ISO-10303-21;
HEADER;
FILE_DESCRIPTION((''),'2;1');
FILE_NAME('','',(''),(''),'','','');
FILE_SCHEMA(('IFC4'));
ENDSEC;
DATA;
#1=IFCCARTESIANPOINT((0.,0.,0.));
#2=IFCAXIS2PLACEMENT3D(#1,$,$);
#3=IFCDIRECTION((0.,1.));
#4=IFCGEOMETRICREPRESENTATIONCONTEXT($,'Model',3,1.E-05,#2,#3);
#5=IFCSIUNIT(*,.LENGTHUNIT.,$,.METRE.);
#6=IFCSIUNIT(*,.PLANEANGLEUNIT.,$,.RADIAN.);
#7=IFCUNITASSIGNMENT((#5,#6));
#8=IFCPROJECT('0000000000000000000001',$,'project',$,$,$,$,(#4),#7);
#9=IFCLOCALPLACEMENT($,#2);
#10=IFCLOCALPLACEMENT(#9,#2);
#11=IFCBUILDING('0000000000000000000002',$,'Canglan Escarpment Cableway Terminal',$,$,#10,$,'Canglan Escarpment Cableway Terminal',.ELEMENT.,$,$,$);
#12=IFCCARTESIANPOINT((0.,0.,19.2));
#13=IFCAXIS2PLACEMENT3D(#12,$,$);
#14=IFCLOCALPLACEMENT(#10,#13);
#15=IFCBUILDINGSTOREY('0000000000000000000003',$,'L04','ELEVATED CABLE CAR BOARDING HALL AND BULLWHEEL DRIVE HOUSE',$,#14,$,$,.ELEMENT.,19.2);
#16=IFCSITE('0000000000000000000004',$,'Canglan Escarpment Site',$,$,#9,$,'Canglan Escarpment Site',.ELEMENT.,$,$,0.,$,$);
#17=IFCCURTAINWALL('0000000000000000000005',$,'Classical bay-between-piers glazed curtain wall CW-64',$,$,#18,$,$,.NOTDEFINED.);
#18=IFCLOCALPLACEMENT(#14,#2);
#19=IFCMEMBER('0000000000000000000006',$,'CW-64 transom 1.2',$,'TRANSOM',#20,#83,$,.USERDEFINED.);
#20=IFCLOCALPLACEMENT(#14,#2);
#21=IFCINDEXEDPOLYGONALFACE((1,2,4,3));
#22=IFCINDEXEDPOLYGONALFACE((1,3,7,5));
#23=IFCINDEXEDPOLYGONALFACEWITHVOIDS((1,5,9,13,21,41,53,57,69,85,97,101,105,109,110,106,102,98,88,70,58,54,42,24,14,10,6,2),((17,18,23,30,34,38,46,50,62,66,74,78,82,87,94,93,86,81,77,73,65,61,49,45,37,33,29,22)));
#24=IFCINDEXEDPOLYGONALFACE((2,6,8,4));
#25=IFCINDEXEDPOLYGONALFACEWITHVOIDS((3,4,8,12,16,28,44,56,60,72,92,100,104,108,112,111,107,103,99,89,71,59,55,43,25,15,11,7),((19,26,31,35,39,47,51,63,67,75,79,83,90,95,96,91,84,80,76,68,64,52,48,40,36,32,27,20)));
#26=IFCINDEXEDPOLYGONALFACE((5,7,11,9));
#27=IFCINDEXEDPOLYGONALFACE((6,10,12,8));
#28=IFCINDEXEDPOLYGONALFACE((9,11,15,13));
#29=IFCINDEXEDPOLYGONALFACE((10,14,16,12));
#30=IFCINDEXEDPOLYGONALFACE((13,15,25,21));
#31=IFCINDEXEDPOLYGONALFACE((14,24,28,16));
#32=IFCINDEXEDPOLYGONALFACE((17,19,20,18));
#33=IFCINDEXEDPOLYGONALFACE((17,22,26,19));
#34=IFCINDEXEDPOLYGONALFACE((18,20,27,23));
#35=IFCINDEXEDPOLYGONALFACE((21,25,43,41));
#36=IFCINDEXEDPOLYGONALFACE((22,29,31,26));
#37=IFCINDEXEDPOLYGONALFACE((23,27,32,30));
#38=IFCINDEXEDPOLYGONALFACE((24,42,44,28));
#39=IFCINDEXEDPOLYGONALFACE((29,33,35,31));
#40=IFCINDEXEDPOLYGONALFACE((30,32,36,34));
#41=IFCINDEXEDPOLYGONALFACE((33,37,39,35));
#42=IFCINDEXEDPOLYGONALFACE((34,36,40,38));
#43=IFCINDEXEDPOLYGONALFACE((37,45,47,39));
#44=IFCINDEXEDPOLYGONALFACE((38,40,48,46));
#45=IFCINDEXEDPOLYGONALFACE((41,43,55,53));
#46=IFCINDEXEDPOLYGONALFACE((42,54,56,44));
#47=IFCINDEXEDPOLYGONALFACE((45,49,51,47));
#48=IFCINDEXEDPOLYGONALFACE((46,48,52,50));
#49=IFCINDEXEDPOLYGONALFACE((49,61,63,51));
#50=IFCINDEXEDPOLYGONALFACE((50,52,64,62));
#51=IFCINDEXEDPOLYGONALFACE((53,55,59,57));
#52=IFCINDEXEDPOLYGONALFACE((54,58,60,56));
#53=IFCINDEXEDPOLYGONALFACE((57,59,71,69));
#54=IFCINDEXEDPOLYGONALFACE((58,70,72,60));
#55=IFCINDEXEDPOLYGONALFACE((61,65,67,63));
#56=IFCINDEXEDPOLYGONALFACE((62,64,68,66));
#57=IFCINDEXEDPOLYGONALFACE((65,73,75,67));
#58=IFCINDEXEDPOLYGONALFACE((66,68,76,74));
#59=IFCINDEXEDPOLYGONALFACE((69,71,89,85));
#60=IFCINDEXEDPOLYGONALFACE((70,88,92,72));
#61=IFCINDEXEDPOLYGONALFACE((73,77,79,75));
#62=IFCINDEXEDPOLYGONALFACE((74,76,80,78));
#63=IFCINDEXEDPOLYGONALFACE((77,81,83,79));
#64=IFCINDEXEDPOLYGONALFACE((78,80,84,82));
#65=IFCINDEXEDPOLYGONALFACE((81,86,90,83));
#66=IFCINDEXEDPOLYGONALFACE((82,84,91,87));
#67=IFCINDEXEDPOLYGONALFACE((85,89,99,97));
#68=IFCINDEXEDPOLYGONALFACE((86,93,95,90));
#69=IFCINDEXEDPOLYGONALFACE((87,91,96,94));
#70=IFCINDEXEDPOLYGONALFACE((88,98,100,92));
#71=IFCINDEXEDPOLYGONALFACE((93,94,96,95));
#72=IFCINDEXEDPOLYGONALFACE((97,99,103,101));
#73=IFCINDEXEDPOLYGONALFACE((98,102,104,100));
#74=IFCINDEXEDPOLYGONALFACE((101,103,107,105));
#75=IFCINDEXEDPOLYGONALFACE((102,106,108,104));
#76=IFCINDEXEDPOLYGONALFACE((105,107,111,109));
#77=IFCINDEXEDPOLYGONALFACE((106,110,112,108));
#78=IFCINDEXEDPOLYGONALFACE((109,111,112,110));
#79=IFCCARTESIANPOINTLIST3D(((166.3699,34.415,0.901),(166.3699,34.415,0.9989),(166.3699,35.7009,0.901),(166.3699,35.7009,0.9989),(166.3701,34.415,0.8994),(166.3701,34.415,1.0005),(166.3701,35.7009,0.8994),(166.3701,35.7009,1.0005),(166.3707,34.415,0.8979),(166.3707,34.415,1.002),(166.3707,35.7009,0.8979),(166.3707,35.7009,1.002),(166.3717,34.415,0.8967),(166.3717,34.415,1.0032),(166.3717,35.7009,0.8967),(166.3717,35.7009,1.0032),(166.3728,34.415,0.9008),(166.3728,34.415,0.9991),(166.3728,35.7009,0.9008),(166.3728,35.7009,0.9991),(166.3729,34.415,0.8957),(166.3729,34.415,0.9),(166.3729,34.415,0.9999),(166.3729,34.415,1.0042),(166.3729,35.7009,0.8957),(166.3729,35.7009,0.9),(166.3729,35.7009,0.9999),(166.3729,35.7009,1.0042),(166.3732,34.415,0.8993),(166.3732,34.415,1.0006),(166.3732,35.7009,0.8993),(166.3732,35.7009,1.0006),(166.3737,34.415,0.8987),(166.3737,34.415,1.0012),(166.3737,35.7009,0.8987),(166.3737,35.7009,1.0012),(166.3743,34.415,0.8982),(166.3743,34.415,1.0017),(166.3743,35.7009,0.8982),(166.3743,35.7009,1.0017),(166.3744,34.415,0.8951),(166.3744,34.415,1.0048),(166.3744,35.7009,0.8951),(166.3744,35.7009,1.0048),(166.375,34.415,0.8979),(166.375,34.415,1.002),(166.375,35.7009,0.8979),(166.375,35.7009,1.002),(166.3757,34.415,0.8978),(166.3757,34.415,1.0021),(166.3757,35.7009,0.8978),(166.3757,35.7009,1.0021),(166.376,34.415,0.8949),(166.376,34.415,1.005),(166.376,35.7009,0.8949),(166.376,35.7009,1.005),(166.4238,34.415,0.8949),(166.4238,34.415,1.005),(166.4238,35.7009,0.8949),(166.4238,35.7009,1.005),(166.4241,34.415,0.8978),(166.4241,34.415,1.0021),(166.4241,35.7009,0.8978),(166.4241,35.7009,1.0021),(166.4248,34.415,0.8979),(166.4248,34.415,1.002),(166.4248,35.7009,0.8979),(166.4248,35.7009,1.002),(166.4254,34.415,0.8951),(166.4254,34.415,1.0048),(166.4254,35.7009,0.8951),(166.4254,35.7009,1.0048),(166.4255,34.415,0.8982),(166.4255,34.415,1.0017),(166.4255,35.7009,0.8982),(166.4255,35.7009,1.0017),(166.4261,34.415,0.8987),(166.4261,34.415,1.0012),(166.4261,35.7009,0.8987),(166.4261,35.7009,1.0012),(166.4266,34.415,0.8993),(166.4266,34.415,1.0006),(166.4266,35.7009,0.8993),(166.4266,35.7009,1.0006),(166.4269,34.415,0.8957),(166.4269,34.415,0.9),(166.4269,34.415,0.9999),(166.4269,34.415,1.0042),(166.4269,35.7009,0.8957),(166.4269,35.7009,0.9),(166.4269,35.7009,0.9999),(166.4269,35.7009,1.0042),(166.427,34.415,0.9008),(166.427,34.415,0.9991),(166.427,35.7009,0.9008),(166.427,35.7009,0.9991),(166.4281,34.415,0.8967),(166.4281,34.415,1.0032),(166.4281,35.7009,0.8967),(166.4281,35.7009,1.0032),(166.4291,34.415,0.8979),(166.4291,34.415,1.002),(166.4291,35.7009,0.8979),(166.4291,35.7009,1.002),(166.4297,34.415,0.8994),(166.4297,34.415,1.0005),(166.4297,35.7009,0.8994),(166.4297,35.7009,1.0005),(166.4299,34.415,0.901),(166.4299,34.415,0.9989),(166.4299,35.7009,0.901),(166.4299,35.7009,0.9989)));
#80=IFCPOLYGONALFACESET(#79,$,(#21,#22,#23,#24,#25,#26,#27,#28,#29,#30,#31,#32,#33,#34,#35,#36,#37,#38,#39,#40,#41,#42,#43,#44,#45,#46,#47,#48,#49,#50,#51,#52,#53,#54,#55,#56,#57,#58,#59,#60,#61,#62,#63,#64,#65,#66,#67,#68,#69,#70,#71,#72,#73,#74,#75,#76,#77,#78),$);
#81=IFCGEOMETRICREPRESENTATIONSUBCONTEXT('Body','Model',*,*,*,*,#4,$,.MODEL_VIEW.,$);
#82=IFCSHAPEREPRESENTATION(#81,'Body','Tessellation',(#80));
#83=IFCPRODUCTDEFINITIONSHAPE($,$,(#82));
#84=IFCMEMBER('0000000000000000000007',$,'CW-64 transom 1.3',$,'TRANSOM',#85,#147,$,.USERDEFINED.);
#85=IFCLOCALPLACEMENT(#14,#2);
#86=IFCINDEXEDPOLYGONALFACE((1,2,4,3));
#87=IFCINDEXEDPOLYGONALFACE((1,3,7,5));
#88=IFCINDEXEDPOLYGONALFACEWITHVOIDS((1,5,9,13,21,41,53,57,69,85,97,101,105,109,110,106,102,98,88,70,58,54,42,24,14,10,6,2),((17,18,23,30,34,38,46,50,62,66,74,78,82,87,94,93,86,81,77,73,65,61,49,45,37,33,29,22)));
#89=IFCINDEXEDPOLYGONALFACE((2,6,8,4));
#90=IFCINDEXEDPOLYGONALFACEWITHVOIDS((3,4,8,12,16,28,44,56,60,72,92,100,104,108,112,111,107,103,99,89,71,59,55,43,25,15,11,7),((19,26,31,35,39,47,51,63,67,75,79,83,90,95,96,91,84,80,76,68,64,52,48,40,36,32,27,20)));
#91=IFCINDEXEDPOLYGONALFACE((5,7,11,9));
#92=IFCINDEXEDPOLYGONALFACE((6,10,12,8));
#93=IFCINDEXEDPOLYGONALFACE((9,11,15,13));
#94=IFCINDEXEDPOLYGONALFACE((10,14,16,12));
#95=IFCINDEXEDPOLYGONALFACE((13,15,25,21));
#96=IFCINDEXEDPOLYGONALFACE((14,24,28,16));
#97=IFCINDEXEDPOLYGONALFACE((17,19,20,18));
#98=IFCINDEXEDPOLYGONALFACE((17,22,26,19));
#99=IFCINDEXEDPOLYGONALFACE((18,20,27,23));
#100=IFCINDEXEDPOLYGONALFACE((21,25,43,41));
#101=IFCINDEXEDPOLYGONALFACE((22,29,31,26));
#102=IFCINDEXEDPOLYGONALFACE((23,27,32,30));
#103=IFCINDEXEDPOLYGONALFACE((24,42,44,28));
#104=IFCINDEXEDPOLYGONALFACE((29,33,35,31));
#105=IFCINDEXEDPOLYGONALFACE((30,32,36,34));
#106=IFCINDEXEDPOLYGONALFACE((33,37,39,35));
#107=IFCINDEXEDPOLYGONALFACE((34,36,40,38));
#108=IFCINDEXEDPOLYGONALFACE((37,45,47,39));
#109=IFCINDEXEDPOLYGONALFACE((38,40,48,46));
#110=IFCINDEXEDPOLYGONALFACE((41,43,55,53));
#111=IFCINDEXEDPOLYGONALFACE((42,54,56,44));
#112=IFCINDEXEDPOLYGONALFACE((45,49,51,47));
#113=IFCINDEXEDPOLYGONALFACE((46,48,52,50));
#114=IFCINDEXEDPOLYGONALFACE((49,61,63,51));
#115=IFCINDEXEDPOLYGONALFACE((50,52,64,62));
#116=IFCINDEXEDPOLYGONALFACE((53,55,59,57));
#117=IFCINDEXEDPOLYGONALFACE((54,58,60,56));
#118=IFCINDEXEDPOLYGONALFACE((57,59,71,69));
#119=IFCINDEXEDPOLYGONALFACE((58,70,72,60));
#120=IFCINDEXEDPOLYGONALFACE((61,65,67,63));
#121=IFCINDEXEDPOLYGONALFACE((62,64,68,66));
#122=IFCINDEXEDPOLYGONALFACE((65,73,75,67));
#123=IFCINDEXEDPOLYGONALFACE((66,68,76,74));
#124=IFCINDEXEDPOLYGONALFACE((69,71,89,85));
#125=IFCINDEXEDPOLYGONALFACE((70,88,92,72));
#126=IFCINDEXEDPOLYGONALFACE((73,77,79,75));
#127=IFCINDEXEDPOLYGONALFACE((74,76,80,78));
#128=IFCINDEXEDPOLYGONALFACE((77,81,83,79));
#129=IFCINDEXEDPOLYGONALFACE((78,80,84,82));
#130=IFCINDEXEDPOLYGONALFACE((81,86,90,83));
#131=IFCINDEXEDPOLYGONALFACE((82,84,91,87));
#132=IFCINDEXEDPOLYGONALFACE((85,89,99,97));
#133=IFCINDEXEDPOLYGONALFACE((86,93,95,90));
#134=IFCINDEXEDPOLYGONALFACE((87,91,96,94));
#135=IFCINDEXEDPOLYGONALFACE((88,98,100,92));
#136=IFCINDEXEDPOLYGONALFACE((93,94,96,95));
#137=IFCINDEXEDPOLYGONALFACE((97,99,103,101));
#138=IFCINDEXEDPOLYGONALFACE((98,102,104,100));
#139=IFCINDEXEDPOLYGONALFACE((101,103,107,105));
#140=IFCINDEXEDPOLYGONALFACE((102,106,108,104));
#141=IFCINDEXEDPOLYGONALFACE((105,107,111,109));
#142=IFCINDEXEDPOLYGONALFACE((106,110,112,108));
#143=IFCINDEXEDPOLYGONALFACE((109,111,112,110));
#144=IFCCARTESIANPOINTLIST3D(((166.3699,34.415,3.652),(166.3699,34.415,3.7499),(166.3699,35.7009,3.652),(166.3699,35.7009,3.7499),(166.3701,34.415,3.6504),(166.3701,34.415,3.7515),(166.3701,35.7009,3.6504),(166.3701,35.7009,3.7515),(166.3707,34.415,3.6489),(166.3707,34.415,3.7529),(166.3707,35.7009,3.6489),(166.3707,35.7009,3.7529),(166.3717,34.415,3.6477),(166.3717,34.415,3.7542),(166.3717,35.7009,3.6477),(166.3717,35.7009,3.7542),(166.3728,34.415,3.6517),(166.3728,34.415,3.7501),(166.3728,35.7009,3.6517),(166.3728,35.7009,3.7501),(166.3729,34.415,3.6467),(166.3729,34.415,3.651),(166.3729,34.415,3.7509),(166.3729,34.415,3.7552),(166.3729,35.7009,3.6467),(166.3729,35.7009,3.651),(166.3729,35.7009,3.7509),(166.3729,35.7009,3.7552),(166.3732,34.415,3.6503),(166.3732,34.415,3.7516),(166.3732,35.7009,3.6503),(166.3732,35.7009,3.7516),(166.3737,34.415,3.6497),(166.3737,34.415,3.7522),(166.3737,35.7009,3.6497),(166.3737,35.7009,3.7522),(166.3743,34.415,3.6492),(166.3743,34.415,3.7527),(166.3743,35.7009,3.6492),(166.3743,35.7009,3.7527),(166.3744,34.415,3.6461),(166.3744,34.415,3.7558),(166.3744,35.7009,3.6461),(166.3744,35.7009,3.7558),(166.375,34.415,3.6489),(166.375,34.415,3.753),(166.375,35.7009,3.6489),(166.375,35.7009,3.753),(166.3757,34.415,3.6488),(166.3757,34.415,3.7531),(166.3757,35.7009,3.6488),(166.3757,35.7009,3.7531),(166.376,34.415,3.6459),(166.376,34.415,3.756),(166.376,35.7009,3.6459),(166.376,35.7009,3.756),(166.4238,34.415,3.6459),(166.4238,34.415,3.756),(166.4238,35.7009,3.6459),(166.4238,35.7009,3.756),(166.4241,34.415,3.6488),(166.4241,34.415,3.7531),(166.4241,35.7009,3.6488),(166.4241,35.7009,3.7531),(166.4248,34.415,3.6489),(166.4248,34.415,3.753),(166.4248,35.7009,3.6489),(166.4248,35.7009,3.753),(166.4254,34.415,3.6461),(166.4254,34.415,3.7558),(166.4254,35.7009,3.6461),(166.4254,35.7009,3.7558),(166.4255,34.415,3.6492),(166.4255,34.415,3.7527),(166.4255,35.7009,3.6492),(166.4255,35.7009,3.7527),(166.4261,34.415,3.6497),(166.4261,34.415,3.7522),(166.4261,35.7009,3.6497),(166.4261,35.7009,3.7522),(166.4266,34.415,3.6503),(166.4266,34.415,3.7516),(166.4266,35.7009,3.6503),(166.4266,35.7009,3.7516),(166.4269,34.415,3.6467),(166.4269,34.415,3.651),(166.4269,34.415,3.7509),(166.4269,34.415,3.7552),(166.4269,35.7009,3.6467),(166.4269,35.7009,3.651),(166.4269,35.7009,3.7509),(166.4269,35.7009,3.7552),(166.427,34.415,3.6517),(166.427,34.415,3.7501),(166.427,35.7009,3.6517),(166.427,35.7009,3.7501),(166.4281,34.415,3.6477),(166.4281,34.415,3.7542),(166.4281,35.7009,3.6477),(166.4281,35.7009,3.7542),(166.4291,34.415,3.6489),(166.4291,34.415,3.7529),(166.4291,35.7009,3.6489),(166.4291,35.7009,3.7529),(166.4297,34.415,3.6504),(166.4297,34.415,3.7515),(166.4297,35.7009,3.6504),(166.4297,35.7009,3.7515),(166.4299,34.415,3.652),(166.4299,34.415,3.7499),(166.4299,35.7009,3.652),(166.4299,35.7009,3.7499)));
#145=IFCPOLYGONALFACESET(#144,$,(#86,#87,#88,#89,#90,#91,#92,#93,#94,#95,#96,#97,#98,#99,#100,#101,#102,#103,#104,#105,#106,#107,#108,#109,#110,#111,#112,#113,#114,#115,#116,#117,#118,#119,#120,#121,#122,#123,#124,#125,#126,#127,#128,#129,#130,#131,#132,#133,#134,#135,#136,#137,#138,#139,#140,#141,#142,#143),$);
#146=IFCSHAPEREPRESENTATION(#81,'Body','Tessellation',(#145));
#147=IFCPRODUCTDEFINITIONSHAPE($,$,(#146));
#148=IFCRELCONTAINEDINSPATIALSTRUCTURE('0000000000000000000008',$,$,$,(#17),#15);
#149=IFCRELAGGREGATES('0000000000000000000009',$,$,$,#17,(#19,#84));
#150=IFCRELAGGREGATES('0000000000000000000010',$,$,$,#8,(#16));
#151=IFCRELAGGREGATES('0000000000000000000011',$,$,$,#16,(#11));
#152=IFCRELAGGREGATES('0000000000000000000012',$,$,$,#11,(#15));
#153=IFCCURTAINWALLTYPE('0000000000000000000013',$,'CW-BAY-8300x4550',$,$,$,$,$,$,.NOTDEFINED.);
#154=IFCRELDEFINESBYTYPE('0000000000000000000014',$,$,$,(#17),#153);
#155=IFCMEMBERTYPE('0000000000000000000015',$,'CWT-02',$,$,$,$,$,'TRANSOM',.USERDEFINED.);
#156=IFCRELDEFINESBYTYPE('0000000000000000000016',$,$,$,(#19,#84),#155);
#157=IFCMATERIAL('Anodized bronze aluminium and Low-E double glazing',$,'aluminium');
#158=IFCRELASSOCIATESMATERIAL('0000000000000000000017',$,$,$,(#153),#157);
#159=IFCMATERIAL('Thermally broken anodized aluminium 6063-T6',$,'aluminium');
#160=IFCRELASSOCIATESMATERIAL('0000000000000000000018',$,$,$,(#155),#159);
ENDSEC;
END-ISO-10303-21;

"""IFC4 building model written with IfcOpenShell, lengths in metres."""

from ifc_helpers import new_model, si_unit, direction, frame, origin, origin_2d, place, context, subcontext, project, spatial, hollow_rectangle, extrude, material, material_profile, profile_set, type_object, element, aggregate, save


model = new_model("IFC4")

# Units and contexts
model_context = context("Model", 3, precision=1e-05, world=origin(), true_north=direction((0.0, 1.0)))
body_context = subcontext(model_context, "Body", "Model", "MODEL_VIEW")
ifc_project = project(units=[si_unit("LENGTHUNIT", "METRE"), si_unit("PLANEANGLEUNIT", "RADIAN")], contexts=[model_context])

# Site, building, storey
site_placement = place(None, origin())
site = spatial("IfcSite", under=ifc_project, at=site_placement, Name="Canglan Escarpment Site", LongName="Canglan Escarpment Site", CompositionType="ELEMENT", RefElevation=0.0)
building_placement = place(site_placement, origin())
building = spatial("IfcBuilding", under=site, at=building_placement, Name="Canglan Escarpment Cableway Terminal", LongName="Canglan Escarpment Cableway Terminal", CompositionType="ELEMENT")
storey_placement = place(building_placement, frame((0.0, 0.0, 19.2)))
storey = spatial("IfcBuildingStorey", under=building, at=storey_placement, Name="L04", Description="ELEVATED CABLE CAR BOARDING HALL AND BULLWHEEL DRIVE HOUSE", CompositionType="ELEMENT", Elevation=19.2)

# Curtain wall
ifc_material_1 = material(Name="Anodized bronze aluminium and Low-E double glazing", Category="aluminium")
curtain_wall_type_1 = type_object("IfcCurtainWallType", Name="CW-BAY-8300x4550", PredefinedType="NOTDEFINED", material=ifc_material_1)
curtain_wall_1_placement = place(storey_placement, origin())
curtain_wall_1 = element("IfcCurtainWall", 1, at=curtain_wall_1_placement, inside=storey, type_object=curtain_wall_type_1, Name="Classical bay-between-piers glazed curtain wall CW-64", PredefinedType="NOTDEFINED")
ifc_material_2 = material(Name="Thermally broken anodized aluminium 6063-T6", Category="aluminium")

# Members
ifc_material_profile_1 = material_profile(ifc_material_2, hollow_rectangle(XDim=0.0601, YDim=0.1101, WallThickness=0.0029, InnerFilletRadius=0.0029, OuterFilletRadius=0.0061, at=origin_2d()), Name="ALU-TRAN 60x110x3")
ifc_profile_set_1 = profile_set([ifc_material_profile_1], Name="Thermally broken anodized aluminium 6063-T6")
member_type_1 = type_object("IfcMemberType", Name="CWT-02", ElementType="TRANSOM", PredefinedType="USERDEFINED", material=ifc_profile_set_1)
member_1_placement = place(storey_placement, frame((166.3999, 34.415, 0.95), z_axis=(0.0, 1.0, 0.0), x_axis=(-1.0, 0.0, 0.0)))
member_1 = element("IfcMember", 2, at=member_1_placement, type_object=member_type_1, Name="CW-64 transom 1.2", ObjectType="TRANSOM", PredefinedType="USERDEFINED", context=body_context, shape_type="SweptSolid", body=[
    extrude(hollow_rectangle(XDim=0.0601, YDim=0.1101, WallThickness=0.0029, InnerFilletRadius=0.0029, OuterFilletRadius=0.0061, at=origin_2d()), origin(), (0.0, 0.0, 1.0), 1.2859),
])
member_2_placement = place(storey_placement, frame((166.3999, 34.415, 3.7009), z_axis=(0.0, 1.0, 0.0), x_axis=(-1.0, 0.0, 0.0)))
member_2 = element("IfcMember", 3, at=member_2_placement, type_object=member_type_1, Name="CW-64 transom 1.3", ObjectType="TRANSOM", PredefinedType="USERDEFINED", context=body_context, shape_type="SweptSolid", body=[
    extrude(hollow_rectangle(XDim=0.0601, YDim=0.1101, WallThickness=0.0029, InnerFilletRadius=0.0029, OuterFilletRadius=0.0061, at=origin_2d()), origin(), (0.0, 0.0, 1.0), 1.2859),
])

aggregate(curtain_wall_1, [member_1, member_2])

save(model, "model.ifc")
